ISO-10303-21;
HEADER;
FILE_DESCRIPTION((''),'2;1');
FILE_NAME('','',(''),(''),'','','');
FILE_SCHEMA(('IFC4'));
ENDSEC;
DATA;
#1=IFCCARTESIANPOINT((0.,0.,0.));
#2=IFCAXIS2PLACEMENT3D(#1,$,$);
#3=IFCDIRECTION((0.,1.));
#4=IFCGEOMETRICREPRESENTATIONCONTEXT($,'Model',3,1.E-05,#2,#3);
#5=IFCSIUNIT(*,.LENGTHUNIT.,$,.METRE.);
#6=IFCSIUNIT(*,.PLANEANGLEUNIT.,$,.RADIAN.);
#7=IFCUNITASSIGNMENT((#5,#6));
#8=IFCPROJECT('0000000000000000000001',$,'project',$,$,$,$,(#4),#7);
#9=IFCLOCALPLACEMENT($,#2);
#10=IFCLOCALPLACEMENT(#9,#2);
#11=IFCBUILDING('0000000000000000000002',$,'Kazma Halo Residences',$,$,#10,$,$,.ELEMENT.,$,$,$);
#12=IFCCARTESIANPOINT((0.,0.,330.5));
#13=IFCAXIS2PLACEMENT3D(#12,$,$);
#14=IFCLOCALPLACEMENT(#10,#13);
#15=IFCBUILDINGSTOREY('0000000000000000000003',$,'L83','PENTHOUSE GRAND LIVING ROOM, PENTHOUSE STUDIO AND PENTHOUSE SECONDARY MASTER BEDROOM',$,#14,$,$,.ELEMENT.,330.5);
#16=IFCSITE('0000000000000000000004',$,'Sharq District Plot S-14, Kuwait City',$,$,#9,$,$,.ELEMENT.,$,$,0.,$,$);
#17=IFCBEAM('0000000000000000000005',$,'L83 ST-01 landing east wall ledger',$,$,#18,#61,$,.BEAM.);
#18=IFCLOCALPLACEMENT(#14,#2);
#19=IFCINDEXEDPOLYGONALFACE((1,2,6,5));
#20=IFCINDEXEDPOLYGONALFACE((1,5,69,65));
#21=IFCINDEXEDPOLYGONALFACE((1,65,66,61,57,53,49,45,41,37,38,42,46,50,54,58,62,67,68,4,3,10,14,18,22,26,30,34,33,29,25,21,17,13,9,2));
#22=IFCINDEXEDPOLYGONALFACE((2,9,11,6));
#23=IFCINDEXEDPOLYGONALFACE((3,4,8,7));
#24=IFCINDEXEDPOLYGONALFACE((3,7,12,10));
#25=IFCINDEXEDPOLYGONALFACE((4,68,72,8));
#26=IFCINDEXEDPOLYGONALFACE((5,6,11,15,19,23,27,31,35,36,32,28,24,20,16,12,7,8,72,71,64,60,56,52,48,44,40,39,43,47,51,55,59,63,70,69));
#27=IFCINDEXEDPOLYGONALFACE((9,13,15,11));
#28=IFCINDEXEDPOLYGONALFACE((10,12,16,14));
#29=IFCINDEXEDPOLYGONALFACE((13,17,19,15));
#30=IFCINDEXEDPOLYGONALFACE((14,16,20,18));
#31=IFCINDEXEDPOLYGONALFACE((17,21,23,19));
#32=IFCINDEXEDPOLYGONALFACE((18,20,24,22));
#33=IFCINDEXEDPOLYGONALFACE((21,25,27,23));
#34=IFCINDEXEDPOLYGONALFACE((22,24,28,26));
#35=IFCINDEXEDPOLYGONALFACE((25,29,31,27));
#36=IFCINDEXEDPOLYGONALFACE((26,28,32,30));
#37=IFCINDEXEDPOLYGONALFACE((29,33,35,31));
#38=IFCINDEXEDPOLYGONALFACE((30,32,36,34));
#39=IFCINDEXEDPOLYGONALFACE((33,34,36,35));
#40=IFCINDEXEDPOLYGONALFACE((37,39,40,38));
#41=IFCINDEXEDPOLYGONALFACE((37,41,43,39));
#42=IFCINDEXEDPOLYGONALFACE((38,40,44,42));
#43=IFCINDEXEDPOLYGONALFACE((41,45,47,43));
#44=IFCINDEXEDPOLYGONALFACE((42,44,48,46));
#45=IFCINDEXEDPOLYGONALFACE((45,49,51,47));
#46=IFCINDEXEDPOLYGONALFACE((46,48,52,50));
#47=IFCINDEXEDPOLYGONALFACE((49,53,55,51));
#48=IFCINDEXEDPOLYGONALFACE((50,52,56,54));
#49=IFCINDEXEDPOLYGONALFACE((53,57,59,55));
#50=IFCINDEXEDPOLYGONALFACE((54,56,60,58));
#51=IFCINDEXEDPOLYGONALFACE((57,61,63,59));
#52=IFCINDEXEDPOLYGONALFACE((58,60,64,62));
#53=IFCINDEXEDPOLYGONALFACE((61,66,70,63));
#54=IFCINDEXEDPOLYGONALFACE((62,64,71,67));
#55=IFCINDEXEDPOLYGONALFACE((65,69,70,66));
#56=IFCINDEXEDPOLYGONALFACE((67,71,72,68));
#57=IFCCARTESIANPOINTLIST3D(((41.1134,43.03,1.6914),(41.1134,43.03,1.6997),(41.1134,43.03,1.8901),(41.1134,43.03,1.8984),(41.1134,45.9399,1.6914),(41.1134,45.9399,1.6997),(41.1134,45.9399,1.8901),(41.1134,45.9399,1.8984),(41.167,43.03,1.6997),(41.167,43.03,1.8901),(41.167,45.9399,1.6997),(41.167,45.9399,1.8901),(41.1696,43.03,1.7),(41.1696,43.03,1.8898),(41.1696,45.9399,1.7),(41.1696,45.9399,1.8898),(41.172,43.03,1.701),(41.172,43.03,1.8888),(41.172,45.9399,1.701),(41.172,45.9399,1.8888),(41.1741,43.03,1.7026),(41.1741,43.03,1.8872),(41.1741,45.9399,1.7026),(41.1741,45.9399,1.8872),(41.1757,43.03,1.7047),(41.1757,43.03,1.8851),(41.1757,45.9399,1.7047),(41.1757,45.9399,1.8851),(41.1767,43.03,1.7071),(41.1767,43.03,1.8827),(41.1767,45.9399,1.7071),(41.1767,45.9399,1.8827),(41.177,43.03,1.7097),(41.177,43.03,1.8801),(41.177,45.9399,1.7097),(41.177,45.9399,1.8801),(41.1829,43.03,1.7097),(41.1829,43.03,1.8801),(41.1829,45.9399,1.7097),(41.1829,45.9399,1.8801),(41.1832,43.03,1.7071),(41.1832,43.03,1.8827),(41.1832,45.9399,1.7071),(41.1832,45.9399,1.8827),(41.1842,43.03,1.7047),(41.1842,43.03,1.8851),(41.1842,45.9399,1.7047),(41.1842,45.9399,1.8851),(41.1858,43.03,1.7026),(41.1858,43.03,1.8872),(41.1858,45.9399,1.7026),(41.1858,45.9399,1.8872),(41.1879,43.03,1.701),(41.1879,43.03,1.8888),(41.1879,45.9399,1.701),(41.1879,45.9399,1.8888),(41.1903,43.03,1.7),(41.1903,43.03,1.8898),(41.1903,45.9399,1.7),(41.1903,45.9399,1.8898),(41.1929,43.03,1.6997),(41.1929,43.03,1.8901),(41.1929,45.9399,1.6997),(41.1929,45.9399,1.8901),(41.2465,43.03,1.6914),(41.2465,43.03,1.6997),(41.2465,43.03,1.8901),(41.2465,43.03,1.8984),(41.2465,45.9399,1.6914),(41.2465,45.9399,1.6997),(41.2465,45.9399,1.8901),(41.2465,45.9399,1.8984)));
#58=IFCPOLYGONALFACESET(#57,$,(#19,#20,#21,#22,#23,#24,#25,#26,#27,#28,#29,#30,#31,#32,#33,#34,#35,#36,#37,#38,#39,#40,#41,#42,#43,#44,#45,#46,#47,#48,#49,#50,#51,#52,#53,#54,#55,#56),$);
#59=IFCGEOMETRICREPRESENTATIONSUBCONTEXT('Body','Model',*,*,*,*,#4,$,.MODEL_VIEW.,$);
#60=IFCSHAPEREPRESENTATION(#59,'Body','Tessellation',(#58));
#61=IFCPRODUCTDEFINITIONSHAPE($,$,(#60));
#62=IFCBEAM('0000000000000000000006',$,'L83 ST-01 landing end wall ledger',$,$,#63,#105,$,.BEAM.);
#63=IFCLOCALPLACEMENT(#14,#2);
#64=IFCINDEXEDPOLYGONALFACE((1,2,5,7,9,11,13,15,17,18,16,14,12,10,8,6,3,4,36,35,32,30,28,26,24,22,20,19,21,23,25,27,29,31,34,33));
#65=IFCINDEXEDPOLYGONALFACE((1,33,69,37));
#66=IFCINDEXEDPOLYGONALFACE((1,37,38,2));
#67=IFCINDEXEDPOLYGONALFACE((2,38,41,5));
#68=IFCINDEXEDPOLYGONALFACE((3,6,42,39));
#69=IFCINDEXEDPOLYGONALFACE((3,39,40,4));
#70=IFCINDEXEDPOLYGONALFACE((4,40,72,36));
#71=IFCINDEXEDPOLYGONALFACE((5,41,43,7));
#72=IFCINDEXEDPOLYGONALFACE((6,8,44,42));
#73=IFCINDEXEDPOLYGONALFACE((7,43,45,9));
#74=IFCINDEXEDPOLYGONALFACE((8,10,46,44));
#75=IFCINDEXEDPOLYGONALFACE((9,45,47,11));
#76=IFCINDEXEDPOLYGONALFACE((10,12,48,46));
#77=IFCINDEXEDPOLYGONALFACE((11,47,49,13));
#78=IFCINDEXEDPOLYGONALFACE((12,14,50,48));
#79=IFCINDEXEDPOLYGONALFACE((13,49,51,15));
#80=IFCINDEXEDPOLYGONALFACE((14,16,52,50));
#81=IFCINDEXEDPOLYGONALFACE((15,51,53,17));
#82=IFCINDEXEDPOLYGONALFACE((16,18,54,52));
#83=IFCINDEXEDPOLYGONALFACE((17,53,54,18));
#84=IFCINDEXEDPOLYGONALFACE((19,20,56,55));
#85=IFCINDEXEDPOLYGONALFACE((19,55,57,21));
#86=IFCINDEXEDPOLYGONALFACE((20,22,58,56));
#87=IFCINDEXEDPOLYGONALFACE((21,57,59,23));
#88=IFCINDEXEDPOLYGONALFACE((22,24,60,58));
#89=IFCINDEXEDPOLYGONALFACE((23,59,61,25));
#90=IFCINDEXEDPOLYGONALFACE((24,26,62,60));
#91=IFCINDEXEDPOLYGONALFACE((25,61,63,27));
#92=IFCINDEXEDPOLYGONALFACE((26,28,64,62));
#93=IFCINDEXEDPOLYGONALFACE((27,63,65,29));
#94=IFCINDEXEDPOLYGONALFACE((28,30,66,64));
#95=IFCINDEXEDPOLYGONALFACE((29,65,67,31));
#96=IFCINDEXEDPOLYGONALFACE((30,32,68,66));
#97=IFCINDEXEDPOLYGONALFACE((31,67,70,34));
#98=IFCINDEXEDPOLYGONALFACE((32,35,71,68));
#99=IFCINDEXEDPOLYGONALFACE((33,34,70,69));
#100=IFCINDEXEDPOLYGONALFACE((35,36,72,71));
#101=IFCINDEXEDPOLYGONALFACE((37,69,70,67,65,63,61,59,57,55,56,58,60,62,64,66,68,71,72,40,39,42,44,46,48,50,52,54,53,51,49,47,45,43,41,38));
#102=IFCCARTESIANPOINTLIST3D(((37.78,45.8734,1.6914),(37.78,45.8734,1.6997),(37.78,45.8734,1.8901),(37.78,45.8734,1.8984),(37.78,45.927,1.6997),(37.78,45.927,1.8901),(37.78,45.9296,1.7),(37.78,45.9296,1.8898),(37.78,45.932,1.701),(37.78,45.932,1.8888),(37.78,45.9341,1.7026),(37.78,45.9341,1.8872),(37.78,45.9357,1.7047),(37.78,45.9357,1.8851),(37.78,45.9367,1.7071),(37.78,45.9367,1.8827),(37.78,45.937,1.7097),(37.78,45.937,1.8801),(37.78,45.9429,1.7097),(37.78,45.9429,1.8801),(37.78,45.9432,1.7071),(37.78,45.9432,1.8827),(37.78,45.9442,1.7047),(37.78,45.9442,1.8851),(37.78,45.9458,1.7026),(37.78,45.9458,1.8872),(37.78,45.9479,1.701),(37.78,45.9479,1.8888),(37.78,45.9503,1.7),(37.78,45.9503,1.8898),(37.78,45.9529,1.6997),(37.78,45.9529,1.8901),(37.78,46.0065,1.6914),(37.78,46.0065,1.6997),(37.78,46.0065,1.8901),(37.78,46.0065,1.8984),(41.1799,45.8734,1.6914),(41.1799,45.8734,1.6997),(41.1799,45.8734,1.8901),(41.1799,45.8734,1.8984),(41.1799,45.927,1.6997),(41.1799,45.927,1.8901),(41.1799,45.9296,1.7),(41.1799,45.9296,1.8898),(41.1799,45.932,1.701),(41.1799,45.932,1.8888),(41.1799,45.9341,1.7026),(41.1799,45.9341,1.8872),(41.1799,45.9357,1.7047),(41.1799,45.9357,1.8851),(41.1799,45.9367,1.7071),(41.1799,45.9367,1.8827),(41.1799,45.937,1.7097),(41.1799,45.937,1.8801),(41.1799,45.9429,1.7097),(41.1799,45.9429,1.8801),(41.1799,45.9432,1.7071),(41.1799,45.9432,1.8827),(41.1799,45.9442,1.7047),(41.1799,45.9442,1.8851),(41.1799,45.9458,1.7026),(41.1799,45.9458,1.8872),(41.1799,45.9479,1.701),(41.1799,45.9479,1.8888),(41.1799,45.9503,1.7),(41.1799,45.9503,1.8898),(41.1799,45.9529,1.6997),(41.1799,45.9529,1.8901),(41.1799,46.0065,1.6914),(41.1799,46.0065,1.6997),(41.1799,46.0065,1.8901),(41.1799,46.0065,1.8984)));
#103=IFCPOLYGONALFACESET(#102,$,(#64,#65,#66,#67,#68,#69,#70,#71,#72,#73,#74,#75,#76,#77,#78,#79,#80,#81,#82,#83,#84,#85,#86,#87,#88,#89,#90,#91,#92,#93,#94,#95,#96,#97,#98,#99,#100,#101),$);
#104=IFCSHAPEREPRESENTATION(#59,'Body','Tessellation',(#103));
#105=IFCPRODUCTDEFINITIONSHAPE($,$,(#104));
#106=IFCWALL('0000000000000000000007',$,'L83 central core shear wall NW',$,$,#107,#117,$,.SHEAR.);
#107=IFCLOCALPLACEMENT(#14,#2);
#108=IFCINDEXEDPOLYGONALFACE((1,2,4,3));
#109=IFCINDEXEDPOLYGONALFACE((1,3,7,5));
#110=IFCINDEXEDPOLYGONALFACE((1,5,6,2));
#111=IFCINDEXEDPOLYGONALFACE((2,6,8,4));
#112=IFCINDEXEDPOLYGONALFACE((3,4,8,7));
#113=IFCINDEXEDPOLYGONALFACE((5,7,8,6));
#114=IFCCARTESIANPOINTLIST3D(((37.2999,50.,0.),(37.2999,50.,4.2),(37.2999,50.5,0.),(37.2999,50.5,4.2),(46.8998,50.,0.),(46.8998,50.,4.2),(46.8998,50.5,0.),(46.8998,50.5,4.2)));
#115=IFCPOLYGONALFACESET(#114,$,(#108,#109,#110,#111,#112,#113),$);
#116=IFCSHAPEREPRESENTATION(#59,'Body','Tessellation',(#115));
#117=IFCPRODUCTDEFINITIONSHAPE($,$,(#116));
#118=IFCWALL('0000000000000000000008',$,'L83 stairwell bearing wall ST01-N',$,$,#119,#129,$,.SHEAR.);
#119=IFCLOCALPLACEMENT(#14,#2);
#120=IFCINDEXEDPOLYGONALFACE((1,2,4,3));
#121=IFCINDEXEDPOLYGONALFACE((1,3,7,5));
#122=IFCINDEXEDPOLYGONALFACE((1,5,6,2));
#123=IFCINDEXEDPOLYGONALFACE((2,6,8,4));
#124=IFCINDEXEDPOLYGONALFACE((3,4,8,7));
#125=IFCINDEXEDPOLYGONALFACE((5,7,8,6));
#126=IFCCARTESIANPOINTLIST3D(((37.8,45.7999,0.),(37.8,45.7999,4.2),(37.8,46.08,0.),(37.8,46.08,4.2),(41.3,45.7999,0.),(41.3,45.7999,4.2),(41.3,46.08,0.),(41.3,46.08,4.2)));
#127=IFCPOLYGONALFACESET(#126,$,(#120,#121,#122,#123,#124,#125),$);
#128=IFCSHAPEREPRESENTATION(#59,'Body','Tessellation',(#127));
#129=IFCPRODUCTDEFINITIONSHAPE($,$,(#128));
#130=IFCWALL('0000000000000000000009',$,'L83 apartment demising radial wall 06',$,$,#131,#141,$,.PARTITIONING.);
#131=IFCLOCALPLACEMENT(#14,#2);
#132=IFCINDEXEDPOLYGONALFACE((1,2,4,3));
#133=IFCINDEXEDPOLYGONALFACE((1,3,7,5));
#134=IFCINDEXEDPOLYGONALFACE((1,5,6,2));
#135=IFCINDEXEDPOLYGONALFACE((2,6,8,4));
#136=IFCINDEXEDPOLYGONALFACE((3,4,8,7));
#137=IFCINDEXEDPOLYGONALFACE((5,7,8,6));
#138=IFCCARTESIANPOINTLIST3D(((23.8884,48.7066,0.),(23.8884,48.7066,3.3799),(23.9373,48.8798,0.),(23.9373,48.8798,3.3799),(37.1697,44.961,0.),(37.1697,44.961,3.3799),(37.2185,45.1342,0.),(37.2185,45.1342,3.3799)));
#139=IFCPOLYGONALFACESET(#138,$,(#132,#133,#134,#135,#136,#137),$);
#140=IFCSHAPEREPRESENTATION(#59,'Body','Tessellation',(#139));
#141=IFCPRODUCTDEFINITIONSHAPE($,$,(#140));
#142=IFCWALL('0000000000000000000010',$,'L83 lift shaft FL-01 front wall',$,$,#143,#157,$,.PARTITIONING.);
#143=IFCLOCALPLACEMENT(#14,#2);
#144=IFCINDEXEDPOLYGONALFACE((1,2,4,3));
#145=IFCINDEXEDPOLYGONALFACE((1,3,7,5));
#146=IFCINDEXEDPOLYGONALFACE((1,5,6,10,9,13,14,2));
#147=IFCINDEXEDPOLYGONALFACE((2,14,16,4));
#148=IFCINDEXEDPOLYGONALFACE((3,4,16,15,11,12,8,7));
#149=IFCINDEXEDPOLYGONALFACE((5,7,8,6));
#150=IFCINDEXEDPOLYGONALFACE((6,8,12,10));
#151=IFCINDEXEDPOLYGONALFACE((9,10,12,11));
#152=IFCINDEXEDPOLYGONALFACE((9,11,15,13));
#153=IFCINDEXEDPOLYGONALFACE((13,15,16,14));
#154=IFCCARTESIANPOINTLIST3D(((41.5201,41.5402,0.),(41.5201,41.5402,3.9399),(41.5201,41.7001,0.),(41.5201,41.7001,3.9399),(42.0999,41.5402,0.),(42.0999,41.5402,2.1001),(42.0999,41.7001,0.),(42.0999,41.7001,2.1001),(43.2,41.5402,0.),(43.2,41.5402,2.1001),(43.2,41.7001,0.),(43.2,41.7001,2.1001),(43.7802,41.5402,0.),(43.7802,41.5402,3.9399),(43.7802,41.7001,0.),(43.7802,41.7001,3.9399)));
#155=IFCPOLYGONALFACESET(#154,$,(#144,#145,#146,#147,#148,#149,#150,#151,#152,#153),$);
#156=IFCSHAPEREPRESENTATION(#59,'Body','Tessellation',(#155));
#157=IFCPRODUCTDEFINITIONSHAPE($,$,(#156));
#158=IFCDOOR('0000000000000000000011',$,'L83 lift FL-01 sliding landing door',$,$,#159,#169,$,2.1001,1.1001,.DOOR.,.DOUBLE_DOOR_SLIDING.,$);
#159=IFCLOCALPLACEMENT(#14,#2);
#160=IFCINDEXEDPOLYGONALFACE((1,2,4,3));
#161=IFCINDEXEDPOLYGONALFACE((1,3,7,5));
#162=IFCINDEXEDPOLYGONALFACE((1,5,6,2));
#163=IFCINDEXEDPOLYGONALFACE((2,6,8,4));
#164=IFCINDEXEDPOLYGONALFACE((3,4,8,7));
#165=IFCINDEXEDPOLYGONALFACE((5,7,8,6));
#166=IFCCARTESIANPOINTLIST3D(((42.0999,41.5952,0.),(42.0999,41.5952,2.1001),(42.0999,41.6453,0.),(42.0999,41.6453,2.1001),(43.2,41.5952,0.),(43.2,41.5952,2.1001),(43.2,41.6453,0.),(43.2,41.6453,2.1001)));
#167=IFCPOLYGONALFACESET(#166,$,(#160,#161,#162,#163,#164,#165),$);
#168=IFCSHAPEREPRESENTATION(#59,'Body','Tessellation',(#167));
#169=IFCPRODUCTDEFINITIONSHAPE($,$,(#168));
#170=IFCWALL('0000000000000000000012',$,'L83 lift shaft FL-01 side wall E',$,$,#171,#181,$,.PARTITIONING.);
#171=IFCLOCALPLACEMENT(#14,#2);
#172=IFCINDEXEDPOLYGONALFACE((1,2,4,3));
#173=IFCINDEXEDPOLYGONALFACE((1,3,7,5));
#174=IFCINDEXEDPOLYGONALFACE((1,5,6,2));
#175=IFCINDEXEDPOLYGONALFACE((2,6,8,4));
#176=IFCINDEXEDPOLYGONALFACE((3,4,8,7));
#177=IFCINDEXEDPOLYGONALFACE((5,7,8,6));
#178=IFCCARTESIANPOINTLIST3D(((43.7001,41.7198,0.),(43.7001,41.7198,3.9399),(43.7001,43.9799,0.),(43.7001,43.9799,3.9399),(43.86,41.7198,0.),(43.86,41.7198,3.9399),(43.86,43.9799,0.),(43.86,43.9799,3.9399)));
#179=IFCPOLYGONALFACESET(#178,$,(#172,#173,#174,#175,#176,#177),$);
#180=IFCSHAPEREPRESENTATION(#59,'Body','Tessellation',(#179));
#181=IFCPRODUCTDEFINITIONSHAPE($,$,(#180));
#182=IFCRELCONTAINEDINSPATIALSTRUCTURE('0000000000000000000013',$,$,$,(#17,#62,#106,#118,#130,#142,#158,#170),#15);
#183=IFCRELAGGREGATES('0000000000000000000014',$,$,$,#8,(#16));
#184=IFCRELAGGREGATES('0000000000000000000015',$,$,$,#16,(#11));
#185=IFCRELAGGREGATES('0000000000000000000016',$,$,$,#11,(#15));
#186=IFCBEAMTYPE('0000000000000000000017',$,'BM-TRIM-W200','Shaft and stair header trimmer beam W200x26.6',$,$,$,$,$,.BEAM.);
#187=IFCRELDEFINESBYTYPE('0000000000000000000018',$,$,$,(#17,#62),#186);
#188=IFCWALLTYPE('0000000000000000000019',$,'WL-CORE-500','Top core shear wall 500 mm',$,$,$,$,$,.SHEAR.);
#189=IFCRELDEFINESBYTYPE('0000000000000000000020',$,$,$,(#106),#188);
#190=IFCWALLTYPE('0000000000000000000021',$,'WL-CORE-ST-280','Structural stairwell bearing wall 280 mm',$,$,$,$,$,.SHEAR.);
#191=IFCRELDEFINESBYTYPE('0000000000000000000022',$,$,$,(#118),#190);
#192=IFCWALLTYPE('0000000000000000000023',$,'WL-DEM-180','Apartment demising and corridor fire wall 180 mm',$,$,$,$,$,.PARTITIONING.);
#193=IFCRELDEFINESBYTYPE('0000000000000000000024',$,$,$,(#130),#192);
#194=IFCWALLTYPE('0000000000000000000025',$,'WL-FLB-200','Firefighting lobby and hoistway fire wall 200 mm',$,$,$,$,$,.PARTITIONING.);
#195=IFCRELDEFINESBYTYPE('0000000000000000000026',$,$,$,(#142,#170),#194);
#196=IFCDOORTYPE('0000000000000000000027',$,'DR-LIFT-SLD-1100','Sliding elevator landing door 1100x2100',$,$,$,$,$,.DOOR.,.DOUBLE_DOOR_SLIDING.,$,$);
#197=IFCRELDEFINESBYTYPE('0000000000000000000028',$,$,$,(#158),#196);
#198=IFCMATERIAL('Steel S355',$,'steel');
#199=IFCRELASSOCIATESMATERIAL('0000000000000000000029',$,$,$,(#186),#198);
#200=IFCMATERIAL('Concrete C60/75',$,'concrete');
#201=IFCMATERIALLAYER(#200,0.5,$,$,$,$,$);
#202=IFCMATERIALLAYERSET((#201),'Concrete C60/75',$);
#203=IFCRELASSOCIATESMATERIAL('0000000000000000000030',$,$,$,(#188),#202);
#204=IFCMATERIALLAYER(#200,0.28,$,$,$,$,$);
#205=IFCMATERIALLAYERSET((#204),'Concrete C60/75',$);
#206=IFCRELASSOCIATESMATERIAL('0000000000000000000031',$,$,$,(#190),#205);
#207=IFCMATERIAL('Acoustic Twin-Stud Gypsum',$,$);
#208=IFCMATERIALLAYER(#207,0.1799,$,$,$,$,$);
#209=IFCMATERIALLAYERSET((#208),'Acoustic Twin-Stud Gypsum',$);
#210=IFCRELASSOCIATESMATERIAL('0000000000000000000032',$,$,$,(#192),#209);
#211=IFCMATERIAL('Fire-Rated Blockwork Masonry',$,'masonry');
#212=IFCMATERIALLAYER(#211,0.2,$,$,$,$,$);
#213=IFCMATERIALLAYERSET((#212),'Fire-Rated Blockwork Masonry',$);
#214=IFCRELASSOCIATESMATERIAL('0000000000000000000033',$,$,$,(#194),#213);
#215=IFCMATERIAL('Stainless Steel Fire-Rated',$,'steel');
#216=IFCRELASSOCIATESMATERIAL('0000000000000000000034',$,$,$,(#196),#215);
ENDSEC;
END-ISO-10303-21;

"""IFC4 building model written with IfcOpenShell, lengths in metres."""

from ifc_helpers import new_model, si_unit, direction, frame, frame_2d, origin, origin_2d, place, context, subcontext, project, spatial, rectangle, i_section, extrude, material, layer, layer_set, material_profile, profile_set, type_object, element, fill, save


model = new_model("IFC4")

# Units and contexts
model_context = context("Model", 3, precision=1e-05, world=origin(), true_north=direction((0.0, 1.0)))
body_context = subcontext(model_context, "Body", "Model", "MODEL_VIEW")
ifc_project = project(units=[si_unit("LENGTHUNIT", "METRE"), si_unit("PLANEANGLEUNIT", "RADIAN")], contexts=[model_context])

# Site, building, storey
site_placement = place(None, origin())
site = spatial("IfcSite", under=ifc_project, at=site_placement, Name="Sharq District Plot S-14, Kuwait City", CompositionType="ELEMENT", RefElevation=0.0)
building_placement = place(site_placement, origin())
building = spatial("IfcBuilding", under=site, at=building_placement, Name="Kazma Halo Residences", CompositionType="ELEMENT")
storey_placement = place(building_placement, frame((0.0, 0.0, 330.5)))
storey = spatial("IfcBuildingStorey", under=building, at=storey_placement, Name="L83", Description="PENTHOUSE GRAND LIVING ROOM, PENTHOUSE STUDIO AND PENTHOUSE SECONDARY MASTER BEDROOM", CompositionType="ELEMENT", Elevation=330.5)

# Shared definitions
ifc_material_1 = material(Name="Steel S355", Category="steel")

# Beams
ifc_material_profile_1 = material_profile(ifc_material_1, i_section(OverallWidth=0.1331, OverallDepth=0.207, WebThickness=0.0059, FlangeThickness=0.0083, FilletRadius=0.01, at=origin_2d()), Name="W200x26.6")
ifc_profile_set_1 = profile_set([ifc_material_profile_1], Name="Steel S355")
beam_type_1 = type_object("IfcBeamType", Name="BM-TRIM-W200", Description="Shaft and stair header trimmer beam W200x26.6", PredefinedType="BEAM", material=ifc_profile_set_1)
beam_1_placement = place(storey_placement, frame((41.1799, 43.03, 1.7949), z_axis=(0.0, 1.0, 0.0), x_axis=(-1.0, 0.0, 0.0)))
element("IfcBeam", 1, at=beam_1_placement, inside=storey, type_object=beam_type_1, Name="L83 ST-01 landing east wall ledger", PredefinedType="BEAM", context=body_context, shape_type="SweptSolid", body=[
    extrude(i_section(OverallWidth=0.1331, OverallDepth=0.207, WebThickness=0.0059, FlangeThickness=0.0083, FilletRadius=0.01, at=origin_2d()), origin(), (0.0, 0.0, 1.0), 2.9099),
])
beam_2_placement = place(storey_placement, frame((37.78, 45.9399, 1.7949), z_axis=(1.0, 0.0, 0.0), x_axis=(0.0, 1.0, 0.0)))
element("IfcBeam", 2, at=beam_2_placement, inside=storey, type_object=beam_type_1, Name="L83 ST-01 landing end wall ledger", PredefinedType="BEAM", context=body_context, shape_type="SweptSolid", body=[
    extrude(i_section(OverallWidth=0.1331, OverallDepth=0.207, WebThickness=0.0059, FlangeThickness=0.0083, FilletRadius=0.01, at=origin_2d()), origin(), (0.0, 0.0, 1.0), 3.3999),
])

# Walls
ifc_material_2 = material(Name="Concrete C60/75", Category="concrete")
ifc_layer_1 = layer(ifc_material_2, 0.5)
ifc_layer_set_1 = layer_set([ifc_layer_1], Name="Concrete C60/75")
wall_type_1 = type_object("IfcWallType", Name="WL-CORE-500", Description="Top core shear wall 500 mm", PredefinedType="SHEAR", material=ifc_layer_set_1)
wall_1_placement = place(storey_placement, frame((37.3, 50.25, 0.0), z_axis=(0.0, 0.0, 1.0), x_axis=(1.0, 0.0, 0.0)))
element("IfcWall", 3, at=wall_1_placement, inside=storey, type_object=wall_type_1, Name="L83 central core shear wall NW", PredefinedType="SHEAR", context=body_context, shape_type="SweptSolid", body=[
    extrude(rectangle(XDim=9.5999, YDim=0.5, at=frame_2d((4.7998, 0.0))), origin(), (0.0, 0.0, 1.0), 4.2),
])
ifc_layer_2 = layer(ifc_material_2, 0.28)
ifc_layer_set_2 = layer_set([ifc_layer_2], Name="Concrete C60/75")
wall_type_2 = type_object("IfcWallType", Name="WL-CORE-ST-280", Description="Structural stairwell bearing wall 280 mm", PredefinedType="SHEAR", material=ifc_layer_set_2)
wall_2_placement = place(storey_placement, frame((37.8, 45.9399, 0.0), z_axis=(0.0, 0.0, 1.0), x_axis=(1.0, 0.0, 0.0)))
element("IfcWall", 4, at=wall_2_placement, inside=storey, type_object=wall_type_2, Name="L83 stairwell bearing wall ST01-N", PredefinedType="SHEAR", context=body_context, shape_type="SweptSolid", body=[
    extrude(rectangle(XDim=3.5, YDim=0.28, at=frame_2d((1.75, 0.0))), origin(), (0.0, 0.0, 1.0), 4.2),
])
ifc_material_3 = material(Name="Acoustic Twin-Stud Gypsum")
ifc_layer_3 = layer(ifc_material_3, 0.1799)
ifc_layer_set_3 = layer_set([ifc_layer_3], Name="Acoustic Twin-Stud Gypsum")
wall_type_3 = type_object("IfcWallType", Name="WL-DEM-180", Description="Apartment demising and corridor fire wall 180 mm", PredefinedType="PARTITIONING", material=ifc_layer_set_3)
wall_3_placement = place(storey_placement, frame((37.1941, 45.0476, 0.0), z_axis=(0.0, 0.0, 1.0), x_axis=(-0.962457, 0.271434, 0.0)))
element("IfcWall", 5, at=wall_3_placement, inside=storey, type_object=wall_type_3, Name="L83 apartment demising radial wall 06", PredefinedType="PARTITIONING", context=body_context, shape_type="SweptSolid", body=[
    extrude(rectangle(XDim=13.7993, YDim=0.1799, at=frame_2d((6.8997, 0.0))), origin(), (0.0, 0.0, 1.0), 3.3799),
])

# Wall, opening, door
ifc_material_4 = material(Name="Fire-Rated Blockwork Masonry", Category="masonry")
ifc_layer_4 = layer(ifc_material_4, 0.2)
ifc_layer_set_4 = layer_set([ifc_layer_4], Name="Fire-Rated Blockwork Masonry")
wall_type_4 = type_object("IfcWallType", Name="WL-FLB-200", Description="Firefighting lobby and hoistway fire wall 200 mm", PredefinedType="PARTITIONING", material=ifc_layer_set_4)
wall_4_placement = place(storey_placement, frame((43.78, 41.6201, 0.0), z_axis=(0.0, 0.0, 1.0), x_axis=(-1.0, 0.0, 0.0)))
wall_4 = element("IfcWall", 6, at=wall_4_placement, inside=storey, type_object=wall_type_4, Name="L83 lift shaft FL-01 front wall", PredefinedType="PARTITIONING", context=body_context, shape_type="SweptSolid", body=[
    extrude(rectangle(XDim=2.26, YDim=0.1599, at=frame_2d((1.1299, 0.0))), origin(), (0.0, 0.0, 1.0), 3.9399),
])
opening_1_placement = place(wall_4_placement, frame((0.5801, 0.0, 0.0)))
opening_1 = element("IfcOpeningElement", 7, at=opening_1_placement, cuts=wall_4, PredefinedType="OPENING", context=body_context, shape_type="SweptSolid", body=[
    extrude(rectangle(XDim=1.1001, YDim=2.1001, at=frame_2d((0.55, 1.05))), frame((0.0, 0.0898, 0.0), z_axis=(0.0, -1.0, 0.0), x_axis=(1.0, 0.0, 0.0)), (0.0, 0.0, 1.0), 0.1799),
])
ifc_material_5 = material(Name="Stainless Steel Fire-Rated", Category="steel")
door_type_1 = type_object("IfcDoorType", Name="DR-LIFT-SLD-1100", Description="Sliding elevator landing door 1100x2100", OperationType="DOUBLE_DOOR_SLIDING", PredefinedType="DOOR", material=ifc_material_5)
door_1_placement = place(opening_1_placement, origin())
door_1 = element("IfcDoor", 8, at=door_1_placement, inside=storey, type_object=door_type_1, Name="L83 lift FL-01 sliding landing door", OperationType="DOUBLE_DOOR_SLIDING", OverallHeight=2.1001, OverallWidth=1.1001, PredefinedType="DOOR", context=body_context, shape_type="SweptSolid", body=[
    extrude(rectangle(XDim=1.1001, YDim=2.1001, at=frame_2d((0.55, 1.05))), frame((0.0, 0.0249, 0.0), z_axis=(0.0, -1.0, 0.0), x_axis=(1.0, 0.0, 0.0)), (0.0, 0.0, 1.0), 0.05),
])
fill(opening_1, door_1)

# Wall
for number, where, z_axis, x_axis, name in (
    (9, (43.78, 41.72, 0.0), (0.0, 0.0, 1.0), (0.0, 1.0, 0.0), "L83 lift shaft FL-01 side wall E"),
):
    element("IfcWall", number, at=place(storey_placement, frame(where, z_axis=z_axis, x_axis=x_axis)), inside=storey, type_object=wall_type_4, Name=name, PredefinedType="PARTITIONING", context=body_context, shape_type="SweptSolid", body=[
        extrude(rectangle(XDim=2.26, YDim=0.1599, at=frame_2d((1.1299, 0.0))), origin(), (0.0, 0.0, 1.0), 3.9399),
    ])

save(model, "model.ifc")
